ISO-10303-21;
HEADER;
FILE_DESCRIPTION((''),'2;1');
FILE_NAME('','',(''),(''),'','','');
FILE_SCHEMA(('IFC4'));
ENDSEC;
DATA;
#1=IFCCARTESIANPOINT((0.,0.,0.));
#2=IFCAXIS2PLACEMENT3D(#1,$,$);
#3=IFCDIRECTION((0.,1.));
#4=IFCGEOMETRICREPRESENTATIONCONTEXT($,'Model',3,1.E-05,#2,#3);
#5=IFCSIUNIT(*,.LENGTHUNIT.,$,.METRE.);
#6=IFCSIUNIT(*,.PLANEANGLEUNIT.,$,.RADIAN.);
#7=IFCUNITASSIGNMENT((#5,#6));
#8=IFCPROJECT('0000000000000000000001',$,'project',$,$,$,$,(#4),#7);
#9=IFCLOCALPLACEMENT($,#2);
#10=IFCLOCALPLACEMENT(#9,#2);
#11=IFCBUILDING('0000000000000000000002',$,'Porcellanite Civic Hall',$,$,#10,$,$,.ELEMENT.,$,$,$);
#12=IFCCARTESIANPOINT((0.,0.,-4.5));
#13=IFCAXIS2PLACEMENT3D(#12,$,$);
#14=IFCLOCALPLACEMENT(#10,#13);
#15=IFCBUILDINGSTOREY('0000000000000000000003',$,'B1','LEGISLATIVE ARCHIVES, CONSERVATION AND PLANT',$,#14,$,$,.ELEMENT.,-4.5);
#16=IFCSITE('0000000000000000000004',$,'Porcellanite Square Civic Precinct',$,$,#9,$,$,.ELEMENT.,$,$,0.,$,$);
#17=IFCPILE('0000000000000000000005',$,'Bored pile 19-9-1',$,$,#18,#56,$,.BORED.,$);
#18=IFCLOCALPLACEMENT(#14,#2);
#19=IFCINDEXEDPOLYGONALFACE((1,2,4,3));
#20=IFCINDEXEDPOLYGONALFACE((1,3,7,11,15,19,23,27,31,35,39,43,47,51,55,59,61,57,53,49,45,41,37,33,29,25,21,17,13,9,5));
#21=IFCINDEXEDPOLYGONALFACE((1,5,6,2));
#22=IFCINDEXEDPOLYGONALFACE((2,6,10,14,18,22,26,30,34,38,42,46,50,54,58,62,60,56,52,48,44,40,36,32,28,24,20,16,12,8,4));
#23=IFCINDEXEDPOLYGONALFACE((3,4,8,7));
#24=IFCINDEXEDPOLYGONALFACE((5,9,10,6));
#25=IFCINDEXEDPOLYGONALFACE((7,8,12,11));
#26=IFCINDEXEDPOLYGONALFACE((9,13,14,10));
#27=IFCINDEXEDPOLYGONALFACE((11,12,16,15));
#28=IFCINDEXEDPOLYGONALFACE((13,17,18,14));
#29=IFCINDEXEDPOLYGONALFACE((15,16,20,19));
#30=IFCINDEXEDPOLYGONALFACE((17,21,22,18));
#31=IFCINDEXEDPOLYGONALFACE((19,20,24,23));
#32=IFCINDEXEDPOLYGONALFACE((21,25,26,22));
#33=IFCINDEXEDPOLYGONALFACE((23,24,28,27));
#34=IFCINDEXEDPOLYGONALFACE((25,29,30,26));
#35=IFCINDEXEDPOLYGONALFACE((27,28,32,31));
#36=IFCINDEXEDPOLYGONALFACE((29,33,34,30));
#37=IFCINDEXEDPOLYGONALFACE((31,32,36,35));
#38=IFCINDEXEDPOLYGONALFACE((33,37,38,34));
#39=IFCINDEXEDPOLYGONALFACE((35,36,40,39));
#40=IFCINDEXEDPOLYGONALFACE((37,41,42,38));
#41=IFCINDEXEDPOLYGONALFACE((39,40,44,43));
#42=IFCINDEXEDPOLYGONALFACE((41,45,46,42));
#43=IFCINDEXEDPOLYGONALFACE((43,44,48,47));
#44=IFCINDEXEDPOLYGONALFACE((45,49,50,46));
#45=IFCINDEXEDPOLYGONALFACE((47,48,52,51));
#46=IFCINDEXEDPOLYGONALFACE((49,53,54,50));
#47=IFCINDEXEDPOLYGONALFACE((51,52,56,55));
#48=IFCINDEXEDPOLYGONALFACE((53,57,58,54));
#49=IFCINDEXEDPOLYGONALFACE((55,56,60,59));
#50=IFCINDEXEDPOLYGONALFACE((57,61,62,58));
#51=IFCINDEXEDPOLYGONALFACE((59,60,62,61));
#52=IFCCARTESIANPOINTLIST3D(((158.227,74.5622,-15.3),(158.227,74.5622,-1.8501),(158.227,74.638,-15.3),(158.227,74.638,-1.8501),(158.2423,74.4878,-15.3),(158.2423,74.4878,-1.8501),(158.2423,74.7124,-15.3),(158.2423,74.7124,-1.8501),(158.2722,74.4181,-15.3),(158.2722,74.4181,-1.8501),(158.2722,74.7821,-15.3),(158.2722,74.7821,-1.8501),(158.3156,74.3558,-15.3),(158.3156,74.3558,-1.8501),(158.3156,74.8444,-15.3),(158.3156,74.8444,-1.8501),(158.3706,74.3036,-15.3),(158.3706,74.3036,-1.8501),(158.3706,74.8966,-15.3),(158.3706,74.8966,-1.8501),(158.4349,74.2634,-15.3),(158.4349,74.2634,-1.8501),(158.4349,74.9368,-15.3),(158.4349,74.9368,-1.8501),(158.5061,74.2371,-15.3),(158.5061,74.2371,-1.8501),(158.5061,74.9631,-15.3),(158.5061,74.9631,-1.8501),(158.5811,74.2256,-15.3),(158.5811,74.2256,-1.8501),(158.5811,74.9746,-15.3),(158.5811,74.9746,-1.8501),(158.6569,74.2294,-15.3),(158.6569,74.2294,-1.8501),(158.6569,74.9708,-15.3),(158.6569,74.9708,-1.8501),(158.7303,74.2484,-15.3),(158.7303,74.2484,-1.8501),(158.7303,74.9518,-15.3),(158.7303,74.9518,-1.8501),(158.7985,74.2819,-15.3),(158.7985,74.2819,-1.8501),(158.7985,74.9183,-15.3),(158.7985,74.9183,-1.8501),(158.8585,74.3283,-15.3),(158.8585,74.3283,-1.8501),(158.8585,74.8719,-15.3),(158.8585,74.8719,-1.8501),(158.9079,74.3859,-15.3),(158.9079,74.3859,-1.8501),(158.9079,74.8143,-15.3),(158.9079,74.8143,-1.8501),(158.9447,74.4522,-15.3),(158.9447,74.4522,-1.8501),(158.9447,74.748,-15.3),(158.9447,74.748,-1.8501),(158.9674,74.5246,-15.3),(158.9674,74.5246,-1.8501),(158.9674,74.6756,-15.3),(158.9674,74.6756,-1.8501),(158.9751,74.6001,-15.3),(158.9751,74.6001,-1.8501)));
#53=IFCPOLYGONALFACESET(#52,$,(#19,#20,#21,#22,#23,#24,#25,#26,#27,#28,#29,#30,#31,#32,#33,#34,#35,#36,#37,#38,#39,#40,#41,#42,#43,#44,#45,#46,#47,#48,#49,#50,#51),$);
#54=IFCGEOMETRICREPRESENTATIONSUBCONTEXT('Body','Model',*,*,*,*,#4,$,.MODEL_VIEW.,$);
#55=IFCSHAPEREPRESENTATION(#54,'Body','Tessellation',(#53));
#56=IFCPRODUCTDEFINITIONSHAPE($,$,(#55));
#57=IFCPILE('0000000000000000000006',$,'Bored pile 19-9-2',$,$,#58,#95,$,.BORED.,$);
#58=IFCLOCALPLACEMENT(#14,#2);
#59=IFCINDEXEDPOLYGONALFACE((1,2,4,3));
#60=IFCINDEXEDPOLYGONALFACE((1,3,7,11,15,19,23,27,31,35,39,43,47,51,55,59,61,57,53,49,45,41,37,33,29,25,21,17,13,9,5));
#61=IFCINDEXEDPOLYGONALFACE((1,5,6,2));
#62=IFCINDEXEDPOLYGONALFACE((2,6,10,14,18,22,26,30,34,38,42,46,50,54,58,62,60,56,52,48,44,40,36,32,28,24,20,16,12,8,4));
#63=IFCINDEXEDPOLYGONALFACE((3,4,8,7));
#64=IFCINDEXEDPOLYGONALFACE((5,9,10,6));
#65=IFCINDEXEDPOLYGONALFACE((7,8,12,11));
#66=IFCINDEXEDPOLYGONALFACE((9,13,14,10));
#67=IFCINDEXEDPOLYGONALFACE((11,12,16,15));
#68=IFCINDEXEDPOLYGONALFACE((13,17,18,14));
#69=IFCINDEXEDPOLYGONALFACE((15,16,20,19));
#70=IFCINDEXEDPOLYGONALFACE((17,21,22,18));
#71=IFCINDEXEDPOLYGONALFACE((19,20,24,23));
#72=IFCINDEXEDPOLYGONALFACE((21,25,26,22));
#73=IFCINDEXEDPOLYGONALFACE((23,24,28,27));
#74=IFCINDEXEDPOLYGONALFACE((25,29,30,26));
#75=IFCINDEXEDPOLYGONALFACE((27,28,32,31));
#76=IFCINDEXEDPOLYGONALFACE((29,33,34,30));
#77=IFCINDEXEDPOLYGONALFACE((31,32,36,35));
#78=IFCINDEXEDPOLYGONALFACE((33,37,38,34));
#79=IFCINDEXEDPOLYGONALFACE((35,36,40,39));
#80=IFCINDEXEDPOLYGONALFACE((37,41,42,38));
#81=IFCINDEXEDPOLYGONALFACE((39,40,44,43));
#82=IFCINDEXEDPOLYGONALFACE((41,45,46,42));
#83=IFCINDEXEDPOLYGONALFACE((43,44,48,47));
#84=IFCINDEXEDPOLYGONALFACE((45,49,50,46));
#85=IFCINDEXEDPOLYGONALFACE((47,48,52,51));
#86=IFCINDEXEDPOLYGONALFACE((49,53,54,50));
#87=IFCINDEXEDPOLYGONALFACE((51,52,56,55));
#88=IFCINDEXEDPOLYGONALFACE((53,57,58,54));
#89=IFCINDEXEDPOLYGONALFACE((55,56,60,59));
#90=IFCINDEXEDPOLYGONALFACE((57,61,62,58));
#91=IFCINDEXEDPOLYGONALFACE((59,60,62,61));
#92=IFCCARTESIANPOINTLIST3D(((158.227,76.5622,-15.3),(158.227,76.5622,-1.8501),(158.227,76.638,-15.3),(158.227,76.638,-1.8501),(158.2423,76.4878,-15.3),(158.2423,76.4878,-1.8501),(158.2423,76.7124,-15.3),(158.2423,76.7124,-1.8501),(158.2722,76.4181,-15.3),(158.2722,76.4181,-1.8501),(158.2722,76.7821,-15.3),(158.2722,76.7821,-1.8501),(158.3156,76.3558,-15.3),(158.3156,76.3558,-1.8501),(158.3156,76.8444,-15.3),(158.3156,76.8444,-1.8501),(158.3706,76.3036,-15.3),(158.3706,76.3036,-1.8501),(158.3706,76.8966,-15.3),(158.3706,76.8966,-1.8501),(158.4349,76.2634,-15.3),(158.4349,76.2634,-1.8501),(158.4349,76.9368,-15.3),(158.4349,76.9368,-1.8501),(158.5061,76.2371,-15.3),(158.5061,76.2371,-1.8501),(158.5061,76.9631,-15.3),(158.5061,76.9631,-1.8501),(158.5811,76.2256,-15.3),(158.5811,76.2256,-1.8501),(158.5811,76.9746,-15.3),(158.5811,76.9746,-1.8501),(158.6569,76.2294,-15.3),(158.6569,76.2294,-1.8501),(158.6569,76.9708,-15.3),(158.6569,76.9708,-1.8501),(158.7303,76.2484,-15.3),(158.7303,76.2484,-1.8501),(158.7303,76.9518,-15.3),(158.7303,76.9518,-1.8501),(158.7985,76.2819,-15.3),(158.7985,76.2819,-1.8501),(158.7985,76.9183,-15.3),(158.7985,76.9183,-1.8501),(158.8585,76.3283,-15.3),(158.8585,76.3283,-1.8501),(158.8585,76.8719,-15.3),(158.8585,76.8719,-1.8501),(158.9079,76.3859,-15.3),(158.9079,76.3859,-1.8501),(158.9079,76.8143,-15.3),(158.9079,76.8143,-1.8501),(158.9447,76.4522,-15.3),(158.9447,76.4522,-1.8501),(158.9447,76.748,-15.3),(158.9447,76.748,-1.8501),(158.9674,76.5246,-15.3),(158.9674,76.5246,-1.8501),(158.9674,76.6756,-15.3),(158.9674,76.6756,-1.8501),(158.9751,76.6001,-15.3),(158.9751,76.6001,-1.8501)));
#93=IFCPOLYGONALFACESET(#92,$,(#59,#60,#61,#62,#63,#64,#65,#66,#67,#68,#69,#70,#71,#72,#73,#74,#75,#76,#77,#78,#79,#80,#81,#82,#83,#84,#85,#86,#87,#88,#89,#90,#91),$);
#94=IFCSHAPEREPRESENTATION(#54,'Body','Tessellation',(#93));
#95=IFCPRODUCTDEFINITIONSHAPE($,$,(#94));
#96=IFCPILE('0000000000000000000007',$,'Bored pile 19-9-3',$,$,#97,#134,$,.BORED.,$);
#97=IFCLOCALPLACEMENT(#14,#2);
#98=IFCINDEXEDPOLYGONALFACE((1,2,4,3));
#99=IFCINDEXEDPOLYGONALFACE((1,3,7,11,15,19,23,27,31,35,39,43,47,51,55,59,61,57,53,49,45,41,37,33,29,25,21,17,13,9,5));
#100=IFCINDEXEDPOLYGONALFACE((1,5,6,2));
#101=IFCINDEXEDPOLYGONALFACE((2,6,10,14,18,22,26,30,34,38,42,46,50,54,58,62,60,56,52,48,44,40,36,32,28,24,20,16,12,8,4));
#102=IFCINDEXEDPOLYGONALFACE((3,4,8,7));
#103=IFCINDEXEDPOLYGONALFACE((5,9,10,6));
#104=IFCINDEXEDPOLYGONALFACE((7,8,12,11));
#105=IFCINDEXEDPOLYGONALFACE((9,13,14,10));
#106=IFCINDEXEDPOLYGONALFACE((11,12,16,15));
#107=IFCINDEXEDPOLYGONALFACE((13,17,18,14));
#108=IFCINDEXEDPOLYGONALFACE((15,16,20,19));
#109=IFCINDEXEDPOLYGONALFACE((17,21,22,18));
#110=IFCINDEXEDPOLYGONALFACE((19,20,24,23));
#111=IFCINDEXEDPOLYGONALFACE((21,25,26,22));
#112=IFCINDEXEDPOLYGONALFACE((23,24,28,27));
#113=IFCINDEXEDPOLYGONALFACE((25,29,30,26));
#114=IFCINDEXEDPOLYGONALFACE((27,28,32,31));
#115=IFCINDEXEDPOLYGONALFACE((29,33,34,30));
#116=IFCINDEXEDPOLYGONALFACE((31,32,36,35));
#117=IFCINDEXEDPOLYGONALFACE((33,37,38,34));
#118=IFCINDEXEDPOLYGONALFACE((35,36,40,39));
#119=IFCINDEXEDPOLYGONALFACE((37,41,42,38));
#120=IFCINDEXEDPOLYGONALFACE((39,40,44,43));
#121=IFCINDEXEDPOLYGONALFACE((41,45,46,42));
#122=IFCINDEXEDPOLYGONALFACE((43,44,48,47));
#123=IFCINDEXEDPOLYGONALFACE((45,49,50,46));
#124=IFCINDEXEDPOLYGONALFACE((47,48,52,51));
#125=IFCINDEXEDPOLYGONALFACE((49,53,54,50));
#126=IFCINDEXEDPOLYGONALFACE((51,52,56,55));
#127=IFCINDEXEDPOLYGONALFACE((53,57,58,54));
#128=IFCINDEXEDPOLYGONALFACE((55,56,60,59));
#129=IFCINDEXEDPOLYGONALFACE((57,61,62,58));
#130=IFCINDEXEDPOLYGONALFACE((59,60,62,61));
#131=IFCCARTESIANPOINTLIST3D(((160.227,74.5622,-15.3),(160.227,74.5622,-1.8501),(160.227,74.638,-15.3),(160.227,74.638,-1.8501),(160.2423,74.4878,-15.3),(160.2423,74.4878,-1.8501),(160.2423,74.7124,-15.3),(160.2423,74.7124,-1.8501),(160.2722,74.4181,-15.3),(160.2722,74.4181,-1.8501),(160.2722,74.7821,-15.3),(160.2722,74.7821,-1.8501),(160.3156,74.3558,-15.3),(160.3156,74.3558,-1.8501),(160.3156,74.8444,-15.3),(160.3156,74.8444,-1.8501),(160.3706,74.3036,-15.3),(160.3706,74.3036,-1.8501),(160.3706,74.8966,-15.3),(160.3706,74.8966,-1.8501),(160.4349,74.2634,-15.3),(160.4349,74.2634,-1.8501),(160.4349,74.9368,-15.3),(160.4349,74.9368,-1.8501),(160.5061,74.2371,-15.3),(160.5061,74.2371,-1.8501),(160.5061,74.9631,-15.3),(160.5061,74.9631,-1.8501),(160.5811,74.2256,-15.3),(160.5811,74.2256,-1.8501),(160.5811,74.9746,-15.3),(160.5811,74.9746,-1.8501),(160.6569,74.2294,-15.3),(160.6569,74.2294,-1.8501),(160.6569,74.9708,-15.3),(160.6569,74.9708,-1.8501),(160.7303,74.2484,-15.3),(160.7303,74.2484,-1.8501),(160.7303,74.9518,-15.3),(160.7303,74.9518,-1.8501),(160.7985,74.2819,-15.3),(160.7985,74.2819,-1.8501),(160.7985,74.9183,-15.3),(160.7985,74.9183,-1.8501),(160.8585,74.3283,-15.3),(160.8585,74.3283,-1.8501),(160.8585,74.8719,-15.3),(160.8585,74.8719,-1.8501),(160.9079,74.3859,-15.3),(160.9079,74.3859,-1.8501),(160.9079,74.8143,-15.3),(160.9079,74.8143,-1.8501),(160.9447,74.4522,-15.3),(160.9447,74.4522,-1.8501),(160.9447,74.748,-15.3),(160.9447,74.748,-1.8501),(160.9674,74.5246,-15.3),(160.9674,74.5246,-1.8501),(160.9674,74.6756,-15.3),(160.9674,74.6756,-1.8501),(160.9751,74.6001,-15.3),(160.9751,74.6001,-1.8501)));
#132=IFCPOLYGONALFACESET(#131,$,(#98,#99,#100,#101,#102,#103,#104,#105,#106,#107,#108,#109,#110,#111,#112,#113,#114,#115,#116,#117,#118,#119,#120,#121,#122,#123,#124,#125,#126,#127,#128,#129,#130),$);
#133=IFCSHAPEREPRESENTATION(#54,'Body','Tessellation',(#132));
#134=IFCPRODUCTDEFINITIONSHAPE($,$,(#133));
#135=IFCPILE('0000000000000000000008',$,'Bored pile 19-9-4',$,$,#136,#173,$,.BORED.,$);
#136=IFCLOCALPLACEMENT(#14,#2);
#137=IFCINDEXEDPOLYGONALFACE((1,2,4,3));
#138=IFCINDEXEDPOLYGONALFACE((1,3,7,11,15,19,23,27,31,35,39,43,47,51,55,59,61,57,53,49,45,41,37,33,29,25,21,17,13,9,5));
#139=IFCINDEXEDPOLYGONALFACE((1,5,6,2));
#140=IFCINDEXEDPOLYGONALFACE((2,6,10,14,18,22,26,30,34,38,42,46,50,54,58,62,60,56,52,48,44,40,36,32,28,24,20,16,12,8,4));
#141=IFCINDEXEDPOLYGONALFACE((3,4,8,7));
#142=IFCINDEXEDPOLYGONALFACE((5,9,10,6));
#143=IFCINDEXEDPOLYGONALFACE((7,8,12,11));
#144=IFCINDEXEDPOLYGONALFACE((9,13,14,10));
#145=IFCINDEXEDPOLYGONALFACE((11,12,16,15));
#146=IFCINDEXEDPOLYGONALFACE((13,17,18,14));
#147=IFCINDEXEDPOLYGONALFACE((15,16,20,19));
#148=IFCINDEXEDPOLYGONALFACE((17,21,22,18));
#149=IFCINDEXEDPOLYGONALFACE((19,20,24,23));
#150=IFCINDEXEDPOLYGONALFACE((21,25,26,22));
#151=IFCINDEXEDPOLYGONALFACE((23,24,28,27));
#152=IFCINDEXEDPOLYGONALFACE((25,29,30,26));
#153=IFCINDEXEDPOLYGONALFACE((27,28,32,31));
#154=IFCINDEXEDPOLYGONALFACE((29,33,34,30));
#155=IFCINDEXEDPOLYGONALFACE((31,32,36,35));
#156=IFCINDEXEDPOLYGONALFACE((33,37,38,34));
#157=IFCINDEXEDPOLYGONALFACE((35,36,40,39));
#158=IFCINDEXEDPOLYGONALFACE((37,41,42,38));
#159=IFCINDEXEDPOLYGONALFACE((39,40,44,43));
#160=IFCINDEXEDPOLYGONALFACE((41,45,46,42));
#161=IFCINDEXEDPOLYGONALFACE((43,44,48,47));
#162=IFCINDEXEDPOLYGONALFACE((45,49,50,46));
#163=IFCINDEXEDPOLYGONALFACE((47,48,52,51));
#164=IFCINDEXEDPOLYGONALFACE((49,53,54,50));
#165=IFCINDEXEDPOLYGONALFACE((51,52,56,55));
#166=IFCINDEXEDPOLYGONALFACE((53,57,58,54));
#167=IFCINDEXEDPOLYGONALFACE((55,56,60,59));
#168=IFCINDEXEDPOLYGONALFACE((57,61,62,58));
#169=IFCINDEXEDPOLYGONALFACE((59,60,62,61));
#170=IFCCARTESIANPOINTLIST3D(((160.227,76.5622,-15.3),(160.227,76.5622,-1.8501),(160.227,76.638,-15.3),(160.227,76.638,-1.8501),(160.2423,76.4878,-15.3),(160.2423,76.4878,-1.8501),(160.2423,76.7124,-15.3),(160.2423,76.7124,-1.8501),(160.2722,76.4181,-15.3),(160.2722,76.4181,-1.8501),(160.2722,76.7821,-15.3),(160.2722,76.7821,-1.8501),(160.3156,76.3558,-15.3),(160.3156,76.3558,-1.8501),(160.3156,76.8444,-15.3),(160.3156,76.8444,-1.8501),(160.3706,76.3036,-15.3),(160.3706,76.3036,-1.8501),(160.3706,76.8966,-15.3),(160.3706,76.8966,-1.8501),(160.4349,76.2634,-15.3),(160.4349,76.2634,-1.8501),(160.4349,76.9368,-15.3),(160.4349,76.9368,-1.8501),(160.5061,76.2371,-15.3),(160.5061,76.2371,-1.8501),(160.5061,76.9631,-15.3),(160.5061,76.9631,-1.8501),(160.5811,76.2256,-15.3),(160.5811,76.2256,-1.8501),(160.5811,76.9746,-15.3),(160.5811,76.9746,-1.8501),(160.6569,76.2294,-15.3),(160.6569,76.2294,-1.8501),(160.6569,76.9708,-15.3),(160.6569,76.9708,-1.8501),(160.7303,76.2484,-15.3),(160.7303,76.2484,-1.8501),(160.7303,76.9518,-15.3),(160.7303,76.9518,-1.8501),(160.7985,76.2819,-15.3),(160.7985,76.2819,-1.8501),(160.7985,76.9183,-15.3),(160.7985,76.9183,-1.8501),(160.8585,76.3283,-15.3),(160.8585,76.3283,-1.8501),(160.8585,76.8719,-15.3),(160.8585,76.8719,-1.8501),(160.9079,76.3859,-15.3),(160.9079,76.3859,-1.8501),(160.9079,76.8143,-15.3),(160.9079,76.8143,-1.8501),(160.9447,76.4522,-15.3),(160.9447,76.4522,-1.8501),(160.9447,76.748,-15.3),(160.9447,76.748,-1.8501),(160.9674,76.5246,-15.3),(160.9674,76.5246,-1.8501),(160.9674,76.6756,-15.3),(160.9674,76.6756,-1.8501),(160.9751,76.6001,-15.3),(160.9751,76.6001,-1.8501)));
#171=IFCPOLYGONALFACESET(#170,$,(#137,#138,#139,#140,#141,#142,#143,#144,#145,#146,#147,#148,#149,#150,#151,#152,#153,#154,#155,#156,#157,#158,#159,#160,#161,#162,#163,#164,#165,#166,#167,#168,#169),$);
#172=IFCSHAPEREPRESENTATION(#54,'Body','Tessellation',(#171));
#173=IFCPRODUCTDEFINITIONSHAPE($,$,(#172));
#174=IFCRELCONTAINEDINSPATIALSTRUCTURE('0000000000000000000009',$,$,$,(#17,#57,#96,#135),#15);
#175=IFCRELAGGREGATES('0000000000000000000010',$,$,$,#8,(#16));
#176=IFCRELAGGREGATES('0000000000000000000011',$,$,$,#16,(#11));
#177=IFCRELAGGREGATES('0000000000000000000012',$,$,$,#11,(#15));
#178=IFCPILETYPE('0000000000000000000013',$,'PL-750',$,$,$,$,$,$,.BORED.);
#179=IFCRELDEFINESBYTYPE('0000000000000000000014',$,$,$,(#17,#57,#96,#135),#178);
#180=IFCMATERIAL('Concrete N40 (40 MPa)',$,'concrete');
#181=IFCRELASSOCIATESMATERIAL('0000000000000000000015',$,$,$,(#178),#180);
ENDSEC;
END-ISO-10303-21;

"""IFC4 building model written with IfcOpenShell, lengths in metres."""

from ifc_helpers import new_model, si_unit, direction, frame, origin, origin_2d, place, context, subcontext, project, spatial, circle, extrude, material, material_profile, profile_set, type_object, element, save


model = new_model("IFC4")

# Units and contexts
model_context = context("Model", 3, precision=1e-05, world=origin(), true_north=direction((0.0, 1.0)))
body_context = subcontext(model_context, "Body", "Model", "MODEL_VIEW")
ifc_project = project(units=[si_unit("LENGTHUNIT", "METRE"), si_unit("PLANEANGLEUNIT", "RADIAN")], contexts=[model_context])

# Site, building, storey
site_placement = place(None, origin())
site = spatial("IfcSite", under=ifc_project, at=site_placement, Name="Porcellanite Square Civic Precinct", CompositionType="ELEMENT", RefElevation=0.0)
building_placement = place(site_placement, origin())
building = spatial("IfcBuilding", under=site, at=building_placement, Name="Porcellanite Civic Hall", CompositionType="ELEMENT")
storey_placement = place(building_placement, frame((0.0, 0.0, -4.5)))
storey = spatial("IfcBuildingStorey", under=building, at=storey_placement, Name="B1", Description="LEGISLATIVE ARCHIVES, CONSERVATION AND PLANT", CompositionType="ELEMENT", Elevation=-4.5)

# Piles
ifc_material_1 = material(Name="Concrete N40 (40 MPa)", Category="concrete")
ifc_material_profile_1 = material_profile(ifc_material_1, circle(Radius=0.375, at=origin_2d()), Name="PILE-D750")
ifc_profile_set_1 = profile_set([ifc_material_profile_1], Name="Concrete N40 (40 MPa)")
pile_type_1 = type_object("IfcPileType", Name="PL-750", PredefinedType="BORED", material=ifc_profile_set_1)
for number, where, z_axis, x_axis, name in (
    (1, (158.6001, 74.6001, -1.8501), (0.0, 0.0, -1.0), (1.0, 0.0, 0.0), "Bored pile 19-9-1"),
    (2, (158.6001, 76.6001, -1.8501), (0.0, 0.0, -1.0), (1.0, 0.0, 0.0), "Bored pile 19-9-2"),
    (3, (160.6001, 74.6001, -1.8501), (0.0, 0.0, -1.0), (1.0, 0.0, 0.0), "Bored pile 19-9-3"),
    (4, (160.6001, 76.6001, -1.8501), (0.0, 0.0, -1.0), (1.0, 0.0, 0.0), "Bored pile 19-9-4"),
):
    element("IfcPile", number, at=place(storey_placement, frame(where, z_axis=z_axis, x_axis=x_axis)), inside=storey, type_object=pile_type_1, Name=name, PredefinedType="BORED", context=body_context, shape_type="SweptSolid", body=[
        extrude(circle(Radius=0.375, at=origin_2d()), origin(), (0.0, 0.0, 1.0), 13.45),
    ])

save(model, "model.ifc")
